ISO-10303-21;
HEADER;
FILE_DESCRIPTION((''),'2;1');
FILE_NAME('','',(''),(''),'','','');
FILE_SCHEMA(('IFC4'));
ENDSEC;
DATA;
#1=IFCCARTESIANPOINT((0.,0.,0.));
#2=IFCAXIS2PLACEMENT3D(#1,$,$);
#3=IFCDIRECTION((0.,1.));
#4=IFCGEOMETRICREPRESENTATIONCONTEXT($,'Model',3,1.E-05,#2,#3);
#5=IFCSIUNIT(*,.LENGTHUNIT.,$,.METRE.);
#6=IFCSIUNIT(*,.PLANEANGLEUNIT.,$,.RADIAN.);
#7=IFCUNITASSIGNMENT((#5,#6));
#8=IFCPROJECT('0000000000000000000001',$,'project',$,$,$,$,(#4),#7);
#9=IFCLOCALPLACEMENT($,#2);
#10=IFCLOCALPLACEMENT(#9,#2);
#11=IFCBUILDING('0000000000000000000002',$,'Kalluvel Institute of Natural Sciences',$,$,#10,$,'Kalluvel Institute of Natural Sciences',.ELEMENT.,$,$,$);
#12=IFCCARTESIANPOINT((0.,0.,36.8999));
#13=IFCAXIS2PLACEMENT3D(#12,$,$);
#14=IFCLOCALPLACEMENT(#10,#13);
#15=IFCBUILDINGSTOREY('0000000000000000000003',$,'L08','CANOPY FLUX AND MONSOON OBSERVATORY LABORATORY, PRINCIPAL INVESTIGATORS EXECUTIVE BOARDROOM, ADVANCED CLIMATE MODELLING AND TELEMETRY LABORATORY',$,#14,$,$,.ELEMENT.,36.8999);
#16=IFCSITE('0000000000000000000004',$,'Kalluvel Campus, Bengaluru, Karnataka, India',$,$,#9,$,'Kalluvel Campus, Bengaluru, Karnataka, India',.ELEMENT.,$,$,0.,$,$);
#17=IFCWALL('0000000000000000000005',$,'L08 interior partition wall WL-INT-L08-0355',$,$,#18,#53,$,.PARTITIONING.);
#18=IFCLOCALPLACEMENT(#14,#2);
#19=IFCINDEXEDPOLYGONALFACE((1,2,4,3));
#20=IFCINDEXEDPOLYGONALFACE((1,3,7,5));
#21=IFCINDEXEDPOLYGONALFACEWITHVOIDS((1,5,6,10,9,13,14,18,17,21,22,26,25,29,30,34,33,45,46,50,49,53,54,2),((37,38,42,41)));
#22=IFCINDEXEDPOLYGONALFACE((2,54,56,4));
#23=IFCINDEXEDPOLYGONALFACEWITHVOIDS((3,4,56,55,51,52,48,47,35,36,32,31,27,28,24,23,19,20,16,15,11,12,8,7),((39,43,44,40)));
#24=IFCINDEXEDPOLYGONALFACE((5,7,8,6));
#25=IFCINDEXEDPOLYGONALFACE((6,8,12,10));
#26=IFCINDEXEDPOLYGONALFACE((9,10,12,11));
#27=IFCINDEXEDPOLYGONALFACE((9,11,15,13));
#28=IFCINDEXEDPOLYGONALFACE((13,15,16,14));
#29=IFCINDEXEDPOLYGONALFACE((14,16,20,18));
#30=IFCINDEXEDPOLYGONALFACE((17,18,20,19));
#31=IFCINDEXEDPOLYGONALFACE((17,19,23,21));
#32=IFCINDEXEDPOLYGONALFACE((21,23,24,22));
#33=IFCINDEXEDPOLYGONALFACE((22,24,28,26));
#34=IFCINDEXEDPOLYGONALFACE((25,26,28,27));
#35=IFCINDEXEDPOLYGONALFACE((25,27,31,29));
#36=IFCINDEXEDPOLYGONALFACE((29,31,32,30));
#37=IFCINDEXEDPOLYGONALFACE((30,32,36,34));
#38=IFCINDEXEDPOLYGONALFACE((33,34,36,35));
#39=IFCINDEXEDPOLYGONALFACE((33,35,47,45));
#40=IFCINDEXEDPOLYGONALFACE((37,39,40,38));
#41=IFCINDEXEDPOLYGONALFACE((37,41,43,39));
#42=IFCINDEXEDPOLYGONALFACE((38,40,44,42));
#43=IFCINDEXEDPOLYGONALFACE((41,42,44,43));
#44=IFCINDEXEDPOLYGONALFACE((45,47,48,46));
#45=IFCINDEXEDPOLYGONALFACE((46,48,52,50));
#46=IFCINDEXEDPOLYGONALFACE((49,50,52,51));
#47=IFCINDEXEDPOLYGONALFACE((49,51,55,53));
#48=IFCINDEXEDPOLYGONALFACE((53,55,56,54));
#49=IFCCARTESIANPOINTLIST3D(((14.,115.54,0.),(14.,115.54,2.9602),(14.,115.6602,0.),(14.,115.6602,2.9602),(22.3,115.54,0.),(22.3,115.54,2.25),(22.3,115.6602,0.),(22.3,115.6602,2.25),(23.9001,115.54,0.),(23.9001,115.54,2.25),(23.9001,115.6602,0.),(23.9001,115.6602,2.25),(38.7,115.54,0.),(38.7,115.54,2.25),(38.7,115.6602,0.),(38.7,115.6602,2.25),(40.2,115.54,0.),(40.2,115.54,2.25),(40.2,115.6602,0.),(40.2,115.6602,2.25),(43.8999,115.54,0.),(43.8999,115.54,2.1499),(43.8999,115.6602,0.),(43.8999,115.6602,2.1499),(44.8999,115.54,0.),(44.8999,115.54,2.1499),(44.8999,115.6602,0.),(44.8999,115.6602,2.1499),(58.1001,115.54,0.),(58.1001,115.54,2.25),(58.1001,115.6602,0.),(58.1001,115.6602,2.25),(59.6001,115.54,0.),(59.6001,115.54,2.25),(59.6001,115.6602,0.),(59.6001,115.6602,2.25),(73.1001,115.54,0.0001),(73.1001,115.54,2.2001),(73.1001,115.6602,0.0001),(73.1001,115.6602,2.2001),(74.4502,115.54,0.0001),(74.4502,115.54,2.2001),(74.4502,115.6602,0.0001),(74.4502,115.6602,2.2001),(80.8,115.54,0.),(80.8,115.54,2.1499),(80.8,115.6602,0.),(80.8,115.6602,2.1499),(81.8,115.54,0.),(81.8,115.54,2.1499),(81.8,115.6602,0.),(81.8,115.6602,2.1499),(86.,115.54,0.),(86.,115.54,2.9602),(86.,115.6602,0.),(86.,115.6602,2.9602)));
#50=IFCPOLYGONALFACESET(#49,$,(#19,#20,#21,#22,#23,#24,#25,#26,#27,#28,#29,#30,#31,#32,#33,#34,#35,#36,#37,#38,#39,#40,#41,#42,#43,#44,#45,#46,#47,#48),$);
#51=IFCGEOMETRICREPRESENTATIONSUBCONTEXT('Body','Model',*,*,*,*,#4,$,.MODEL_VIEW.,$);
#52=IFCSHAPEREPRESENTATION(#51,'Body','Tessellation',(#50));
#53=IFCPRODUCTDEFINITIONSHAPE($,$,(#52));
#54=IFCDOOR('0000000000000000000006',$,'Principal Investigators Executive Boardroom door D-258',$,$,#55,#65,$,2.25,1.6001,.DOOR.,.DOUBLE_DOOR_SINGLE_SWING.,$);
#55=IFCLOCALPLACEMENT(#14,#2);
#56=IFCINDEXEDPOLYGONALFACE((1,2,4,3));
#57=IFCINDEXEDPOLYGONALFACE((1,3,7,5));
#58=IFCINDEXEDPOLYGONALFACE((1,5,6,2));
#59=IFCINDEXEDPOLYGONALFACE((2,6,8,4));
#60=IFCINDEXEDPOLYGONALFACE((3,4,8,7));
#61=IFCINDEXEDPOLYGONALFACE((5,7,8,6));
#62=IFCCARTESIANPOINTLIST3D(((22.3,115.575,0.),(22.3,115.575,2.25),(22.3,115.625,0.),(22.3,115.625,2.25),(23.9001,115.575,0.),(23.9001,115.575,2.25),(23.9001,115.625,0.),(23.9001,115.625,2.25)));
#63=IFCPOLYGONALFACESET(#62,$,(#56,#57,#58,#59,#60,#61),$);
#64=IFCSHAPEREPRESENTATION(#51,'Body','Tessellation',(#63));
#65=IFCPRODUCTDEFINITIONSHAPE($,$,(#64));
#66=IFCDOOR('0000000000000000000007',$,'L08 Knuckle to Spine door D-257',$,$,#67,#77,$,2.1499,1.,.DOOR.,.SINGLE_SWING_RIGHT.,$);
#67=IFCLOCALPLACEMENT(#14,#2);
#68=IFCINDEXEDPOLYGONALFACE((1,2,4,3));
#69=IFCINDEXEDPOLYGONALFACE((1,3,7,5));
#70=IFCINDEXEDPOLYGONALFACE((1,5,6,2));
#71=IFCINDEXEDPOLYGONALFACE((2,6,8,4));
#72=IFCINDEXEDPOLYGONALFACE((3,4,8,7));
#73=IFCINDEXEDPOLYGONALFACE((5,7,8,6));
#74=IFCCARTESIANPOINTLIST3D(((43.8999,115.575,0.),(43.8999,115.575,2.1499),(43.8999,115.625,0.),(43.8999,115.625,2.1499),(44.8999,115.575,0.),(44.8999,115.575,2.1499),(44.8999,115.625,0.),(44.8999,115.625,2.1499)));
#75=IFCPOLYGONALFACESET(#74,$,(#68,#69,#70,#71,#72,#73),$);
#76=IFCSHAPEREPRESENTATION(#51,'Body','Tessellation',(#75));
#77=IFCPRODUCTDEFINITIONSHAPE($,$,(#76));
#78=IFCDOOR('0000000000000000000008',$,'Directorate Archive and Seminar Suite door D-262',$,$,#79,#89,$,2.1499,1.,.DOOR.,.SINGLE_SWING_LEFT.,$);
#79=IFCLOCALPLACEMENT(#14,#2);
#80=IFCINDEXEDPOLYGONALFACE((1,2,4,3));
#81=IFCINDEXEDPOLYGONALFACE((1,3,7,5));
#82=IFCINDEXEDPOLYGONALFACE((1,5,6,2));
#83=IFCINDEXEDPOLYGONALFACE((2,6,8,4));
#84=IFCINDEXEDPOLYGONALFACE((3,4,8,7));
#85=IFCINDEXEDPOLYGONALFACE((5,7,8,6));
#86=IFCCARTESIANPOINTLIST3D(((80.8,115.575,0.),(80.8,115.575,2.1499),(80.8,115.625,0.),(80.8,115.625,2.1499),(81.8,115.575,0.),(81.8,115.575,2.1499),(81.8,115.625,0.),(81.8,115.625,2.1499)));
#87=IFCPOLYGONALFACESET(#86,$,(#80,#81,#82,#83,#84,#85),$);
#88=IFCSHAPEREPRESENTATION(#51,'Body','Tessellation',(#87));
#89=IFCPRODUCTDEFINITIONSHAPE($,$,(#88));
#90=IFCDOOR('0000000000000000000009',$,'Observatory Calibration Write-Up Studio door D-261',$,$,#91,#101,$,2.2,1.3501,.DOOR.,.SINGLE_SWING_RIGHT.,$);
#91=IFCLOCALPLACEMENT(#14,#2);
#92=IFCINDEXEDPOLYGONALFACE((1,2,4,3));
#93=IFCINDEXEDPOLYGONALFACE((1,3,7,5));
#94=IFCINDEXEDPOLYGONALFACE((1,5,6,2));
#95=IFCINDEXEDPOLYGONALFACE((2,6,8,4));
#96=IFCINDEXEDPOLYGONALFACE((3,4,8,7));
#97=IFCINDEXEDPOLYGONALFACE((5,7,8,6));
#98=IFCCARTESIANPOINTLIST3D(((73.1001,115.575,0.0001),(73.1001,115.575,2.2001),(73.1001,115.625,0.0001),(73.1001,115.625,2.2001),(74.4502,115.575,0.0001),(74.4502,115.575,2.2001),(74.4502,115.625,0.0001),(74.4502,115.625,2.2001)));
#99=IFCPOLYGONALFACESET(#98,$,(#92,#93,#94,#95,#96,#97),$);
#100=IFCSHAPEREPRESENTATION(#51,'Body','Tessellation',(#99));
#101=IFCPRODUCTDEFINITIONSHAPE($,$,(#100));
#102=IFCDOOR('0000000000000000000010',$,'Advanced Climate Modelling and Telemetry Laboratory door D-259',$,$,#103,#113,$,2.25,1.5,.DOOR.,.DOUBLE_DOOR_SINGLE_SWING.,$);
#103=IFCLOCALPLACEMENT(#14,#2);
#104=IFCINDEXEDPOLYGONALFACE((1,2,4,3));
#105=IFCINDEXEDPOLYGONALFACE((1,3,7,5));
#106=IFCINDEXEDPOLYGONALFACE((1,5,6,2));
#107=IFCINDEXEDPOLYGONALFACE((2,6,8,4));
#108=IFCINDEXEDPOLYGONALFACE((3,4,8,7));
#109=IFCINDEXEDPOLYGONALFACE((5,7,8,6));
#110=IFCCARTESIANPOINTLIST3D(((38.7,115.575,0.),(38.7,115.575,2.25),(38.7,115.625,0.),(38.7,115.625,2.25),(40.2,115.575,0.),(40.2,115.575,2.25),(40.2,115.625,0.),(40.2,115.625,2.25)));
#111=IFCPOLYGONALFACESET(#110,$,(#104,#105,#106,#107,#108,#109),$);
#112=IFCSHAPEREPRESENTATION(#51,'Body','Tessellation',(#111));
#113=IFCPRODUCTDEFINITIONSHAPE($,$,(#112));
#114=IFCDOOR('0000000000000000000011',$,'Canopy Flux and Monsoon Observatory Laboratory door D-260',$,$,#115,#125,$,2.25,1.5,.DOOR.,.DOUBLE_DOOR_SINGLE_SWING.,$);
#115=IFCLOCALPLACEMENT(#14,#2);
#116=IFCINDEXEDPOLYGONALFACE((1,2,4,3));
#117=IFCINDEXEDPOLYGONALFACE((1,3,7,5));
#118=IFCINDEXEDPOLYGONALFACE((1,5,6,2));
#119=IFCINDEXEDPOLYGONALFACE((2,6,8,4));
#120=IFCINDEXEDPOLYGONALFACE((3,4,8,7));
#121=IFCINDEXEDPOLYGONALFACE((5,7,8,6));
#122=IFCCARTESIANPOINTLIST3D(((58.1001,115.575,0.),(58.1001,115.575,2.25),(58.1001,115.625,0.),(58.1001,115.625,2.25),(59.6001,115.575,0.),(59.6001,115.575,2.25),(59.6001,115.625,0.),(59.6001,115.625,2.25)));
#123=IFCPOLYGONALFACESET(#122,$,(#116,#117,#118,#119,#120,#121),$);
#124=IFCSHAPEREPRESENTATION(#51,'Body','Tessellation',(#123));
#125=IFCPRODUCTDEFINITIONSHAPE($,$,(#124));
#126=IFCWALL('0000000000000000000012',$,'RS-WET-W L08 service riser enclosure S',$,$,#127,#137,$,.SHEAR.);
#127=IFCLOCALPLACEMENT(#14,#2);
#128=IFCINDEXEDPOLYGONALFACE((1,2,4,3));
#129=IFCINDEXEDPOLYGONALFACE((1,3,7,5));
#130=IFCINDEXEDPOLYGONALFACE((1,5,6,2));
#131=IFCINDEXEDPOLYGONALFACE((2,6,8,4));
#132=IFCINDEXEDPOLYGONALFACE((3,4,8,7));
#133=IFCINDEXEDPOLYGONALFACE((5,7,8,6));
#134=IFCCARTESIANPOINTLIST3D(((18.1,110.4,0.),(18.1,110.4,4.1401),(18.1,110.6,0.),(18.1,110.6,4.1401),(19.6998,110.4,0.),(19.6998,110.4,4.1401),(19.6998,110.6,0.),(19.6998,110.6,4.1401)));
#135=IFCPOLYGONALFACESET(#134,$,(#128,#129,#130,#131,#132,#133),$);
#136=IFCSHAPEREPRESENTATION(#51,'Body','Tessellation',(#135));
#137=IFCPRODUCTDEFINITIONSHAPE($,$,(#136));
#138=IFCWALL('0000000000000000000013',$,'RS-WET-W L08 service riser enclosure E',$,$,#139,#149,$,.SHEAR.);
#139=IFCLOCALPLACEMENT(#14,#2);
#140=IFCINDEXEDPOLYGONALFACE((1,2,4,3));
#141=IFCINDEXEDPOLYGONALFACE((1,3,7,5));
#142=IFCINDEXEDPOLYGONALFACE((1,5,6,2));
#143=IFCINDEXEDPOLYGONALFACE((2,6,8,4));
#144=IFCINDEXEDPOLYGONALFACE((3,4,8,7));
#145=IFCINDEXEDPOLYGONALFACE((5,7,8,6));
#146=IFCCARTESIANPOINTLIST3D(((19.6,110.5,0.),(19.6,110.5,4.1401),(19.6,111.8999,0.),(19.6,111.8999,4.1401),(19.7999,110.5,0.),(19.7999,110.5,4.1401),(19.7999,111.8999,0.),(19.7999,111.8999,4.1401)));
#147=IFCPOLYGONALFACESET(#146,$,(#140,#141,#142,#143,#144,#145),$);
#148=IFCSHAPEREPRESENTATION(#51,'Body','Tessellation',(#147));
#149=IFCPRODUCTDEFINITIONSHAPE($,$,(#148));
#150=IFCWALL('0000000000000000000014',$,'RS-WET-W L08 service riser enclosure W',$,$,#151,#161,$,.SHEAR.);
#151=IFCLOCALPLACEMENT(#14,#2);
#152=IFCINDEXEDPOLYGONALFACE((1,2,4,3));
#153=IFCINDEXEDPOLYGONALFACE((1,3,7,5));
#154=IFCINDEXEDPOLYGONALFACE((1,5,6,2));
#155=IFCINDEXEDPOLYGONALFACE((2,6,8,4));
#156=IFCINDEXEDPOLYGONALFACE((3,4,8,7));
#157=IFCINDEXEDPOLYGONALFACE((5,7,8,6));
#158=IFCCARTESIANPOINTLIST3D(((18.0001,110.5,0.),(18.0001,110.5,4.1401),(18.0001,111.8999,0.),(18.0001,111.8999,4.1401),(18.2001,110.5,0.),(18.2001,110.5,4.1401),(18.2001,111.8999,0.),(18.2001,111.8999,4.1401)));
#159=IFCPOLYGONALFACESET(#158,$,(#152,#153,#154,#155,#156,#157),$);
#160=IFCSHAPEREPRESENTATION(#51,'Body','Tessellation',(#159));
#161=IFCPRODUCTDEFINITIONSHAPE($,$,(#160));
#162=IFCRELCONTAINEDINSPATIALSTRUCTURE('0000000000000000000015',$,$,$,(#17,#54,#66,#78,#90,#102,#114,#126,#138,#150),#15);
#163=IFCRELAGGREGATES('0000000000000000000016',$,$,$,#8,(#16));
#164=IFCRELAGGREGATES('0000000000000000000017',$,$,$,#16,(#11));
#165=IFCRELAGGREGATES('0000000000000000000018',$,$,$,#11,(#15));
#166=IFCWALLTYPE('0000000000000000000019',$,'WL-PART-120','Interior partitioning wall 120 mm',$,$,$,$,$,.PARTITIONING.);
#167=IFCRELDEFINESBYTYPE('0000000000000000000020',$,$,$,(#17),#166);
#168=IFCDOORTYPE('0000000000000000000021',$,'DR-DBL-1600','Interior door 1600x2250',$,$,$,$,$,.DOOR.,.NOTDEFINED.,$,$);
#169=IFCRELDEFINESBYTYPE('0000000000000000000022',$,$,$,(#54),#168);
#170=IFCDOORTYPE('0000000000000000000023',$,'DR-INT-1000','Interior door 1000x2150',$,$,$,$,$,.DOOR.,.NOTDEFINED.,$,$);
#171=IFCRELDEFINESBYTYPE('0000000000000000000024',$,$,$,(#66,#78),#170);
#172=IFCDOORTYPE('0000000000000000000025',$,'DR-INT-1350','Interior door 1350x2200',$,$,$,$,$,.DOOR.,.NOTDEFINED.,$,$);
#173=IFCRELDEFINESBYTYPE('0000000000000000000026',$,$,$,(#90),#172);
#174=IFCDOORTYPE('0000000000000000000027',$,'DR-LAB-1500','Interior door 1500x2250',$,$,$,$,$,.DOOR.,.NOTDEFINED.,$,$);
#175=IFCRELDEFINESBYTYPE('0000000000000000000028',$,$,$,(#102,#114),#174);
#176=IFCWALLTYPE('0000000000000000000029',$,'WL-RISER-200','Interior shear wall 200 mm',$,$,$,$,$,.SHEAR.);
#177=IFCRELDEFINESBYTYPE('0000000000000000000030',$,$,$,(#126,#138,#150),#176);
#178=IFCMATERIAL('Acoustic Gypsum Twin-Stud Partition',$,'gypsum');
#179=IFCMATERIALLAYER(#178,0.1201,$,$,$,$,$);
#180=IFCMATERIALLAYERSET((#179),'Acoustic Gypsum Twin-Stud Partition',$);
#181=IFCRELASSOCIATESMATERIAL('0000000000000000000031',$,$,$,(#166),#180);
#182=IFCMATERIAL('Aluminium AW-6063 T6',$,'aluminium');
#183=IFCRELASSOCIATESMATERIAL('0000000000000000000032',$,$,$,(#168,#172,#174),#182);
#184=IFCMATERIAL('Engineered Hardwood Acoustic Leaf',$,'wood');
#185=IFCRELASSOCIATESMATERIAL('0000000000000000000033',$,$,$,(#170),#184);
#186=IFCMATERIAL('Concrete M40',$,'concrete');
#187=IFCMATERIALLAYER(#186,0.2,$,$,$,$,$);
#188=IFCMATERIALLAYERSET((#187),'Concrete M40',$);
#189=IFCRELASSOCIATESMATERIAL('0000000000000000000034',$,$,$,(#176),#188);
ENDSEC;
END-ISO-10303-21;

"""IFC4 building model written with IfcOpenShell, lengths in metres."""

from ifc_helpers import new_model, si_unit, direction, frame, frame_2d, origin, place, context, subcontext, project, spatial, rectangle, extrude, material, layer, layer_set, type_object, element, fill, save


model = new_model("IFC4")

# Units and contexts
model_context = context("Model", 3, precision=1e-05, world=origin(), true_north=direction((0.0, 1.0)))
body_context = subcontext(model_context, "Body", "Model", "MODEL_VIEW")
ifc_project = project(units=[si_unit("LENGTHUNIT", "METRE"), si_unit("PLANEANGLEUNIT", "RADIAN")], contexts=[model_context])

# Site, building, storey
site_placement = place(None, origin())
site = spatial("IfcSite", under=ifc_project, at=site_placement, Name="Kalluvel Campus, Bengaluru, Karnataka, India", LongName="Kalluvel Campus, Bengaluru, Karnataka, India", CompositionType="ELEMENT", RefElevation=0.0)
building_placement = place(site_placement, origin())
building = spatial("IfcBuilding", under=site, at=building_placement, Name="Kalluvel Institute of Natural Sciences", LongName="Kalluvel Institute of Natural Sciences", CompositionType="ELEMENT")
storey_placement = place(building_placement, frame((0.0, 0.0, 36.8999)))
storey = spatial("IfcBuildingStorey", under=building, at=storey_placement, Name="L08", Description="CANOPY FLUX AND MONSOON OBSERVATORY LABORATORY, PRINCIPAL INVESTIGATORS EXECUTIVE BOARDROOM, ADVANCED CLIMATE MODELLING AND TELEMETRY LABORATORY", CompositionType="ELEMENT", Elevation=36.8999)

# Shared definitions
ifc_material_1 = material(Name="Concrete M40", Category="concrete")

# Wall, openings, doors
ifc_material_2 = material(Name="Acoustic Gypsum Twin-Stud Partition", Category="gypsum")
ifc_layer_1 = layer(ifc_material_2, 0.1201)
ifc_layer_set_1 = layer_set([ifc_layer_1], Name="Acoustic Gypsum Twin-Stud Partition")
wall_type_1 = type_object("IfcWallType", Name="WL-PART-120", Description="Interior partitioning wall 120 mm", PredefinedType="PARTITIONING", material=ifc_layer_set_1)
wall_1_placement = place(storey_placement, frame((14.0, 115.6001, 0.0), z_axis=(0.0, 0.0, 1.0), x_axis=(1.0, 0.0, 0.0)))
wall_1 = element("IfcWall", 1, at=wall_1_placement, inside=storey, type_object=wall_type_1, Name="L08 interior partition wall WL-INT-L08-0355", PredefinedType="PARTITIONING", context=body_context, shape_type="SweptSolid", body=[
    extrude(rectangle(XDim=72.0, YDim=0.1201, at=frame_2d((36.0, 0.0))), origin(), (0.0, 0.0, 1.0), 2.9602),
])
opening_1_placement = place(wall_1_placement, frame((29.8999, 0.0, 0.0)))
opening_1 = element("IfcOpeningElement", 2, at=opening_1_placement, cuts=wall_1, PredefinedType="OPENING", context=body_context, shape_type="SweptSolid", body=[
    extrude(rectangle(XDim=1.0, YDim=2.1499, at=frame_2d((0.5, 1.075))), frame((0.0, 0.0701, 0.0), z_axis=(0.0, -1.0, 0.0), x_axis=(1.0, 0.0, 0.0)), (0.0, 0.0, 1.0), 0.1401),
])
opening_2_placement = place(wall_1_placement, frame((8.3, 0.0, 0.0)))
opening_2 = element("IfcOpeningElement", 3, at=opening_2_placement, cuts=wall_1, PredefinedType="OPENING", context=body_context, shape_type="SweptSolid", body=[
    extrude(rectangle(XDim=1.6001, YDim=2.25, at=frame_2d((0.8, 1.125))), frame((0.0, 0.0701, 0.0), z_axis=(0.0, -1.0, 0.0), x_axis=(1.0, 0.0, 0.0)), (0.0, 0.0, 1.0), 0.1401),
])
opening_3_placement = place(wall_1_placement, frame((24.7, 0.0, 0.0)))
opening_3 = element("IfcOpeningElement", 4, at=opening_3_placement, cuts=wall_1, PredefinedType="OPENING", context=body_context, shape_type="SweptSolid", body=[
    extrude(rectangle(XDim=1.5, YDim=2.25, at=frame_2d((0.75, 1.125))), frame((0.0, 0.0701, 0.0), z_axis=(0.0, -1.0, 0.0), x_axis=(1.0, 0.0, 0.0)), (0.0, 0.0, 1.0), 0.1401),
])
opening_4_placement = place(wall_1_placement, frame((44.1001, 0.0, 0.0)))
opening_4 = element("IfcOpeningElement", 5, at=opening_4_placement, cuts=wall_1, PredefinedType="OPENING", context=body_context, shape_type="SweptSolid", body=[
    extrude(rectangle(XDim=1.5, YDim=2.25, at=frame_2d((0.75, 1.125))), frame((0.0, 0.0701, 0.0), z_axis=(0.0, -1.0, 0.0), x_axis=(1.0, 0.0, 0.0)), (0.0, 0.0, 1.0), 0.1401),
])
opening_5_placement = place(wall_1_placement, frame((59.1001, 0.0, 0.0)))
opening_5 = element("IfcOpeningElement", 6, at=opening_5_placement, cuts=wall_1, PredefinedType="OPENING", context=body_context, shape_type="SweptSolid", body=[
    extrude(rectangle(XDim=1.3501, YDim=2.2, at=frame_2d((0.675, 1.1001))), frame((0.0, 0.0701, 0.0), z_axis=(0.0, -1.0, 0.0), x_axis=(1.0, 0.0, 0.0)), (0.0, 0.0, 1.0), 0.1401),
])
opening_6_placement = place(wall_1_placement, frame((66.8, 0.0, 0.0)))
opening_6 = element("IfcOpeningElement", 7, at=opening_6_placement, cuts=wall_1, PredefinedType="OPENING", context=body_context, shape_type="SweptSolid", body=[
    extrude(rectangle(XDim=1.0, YDim=2.1499, at=frame_2d((0.5, 1.075))), frame((0.0, 0.0701, 0.0), z_axis=(0.0, -1.0, 0.0), x_axis=(1.0, 0.0, 0.0)), (0.0, 0.0, 1.0), 0.1401),
])
ifc_material_3 = material(Name="Aluminium AW-6063 T6", Category="aluminium")
door_type_1 = type_object("IfcDoorType", Name="DR-DBL-1600", Description="Interior door 1600x2250", OperationType="NOTDEFINED", PredefinedType="DOOR", material=ifc_material_3)
door_1_placement = place(opening_2_placement, origin())
door_1 = element("IfcDoor", 8, at=door_1_placement, inside=storey, type_object=door_type_1, Name="Principal Investigators Executive Boardroom door D-258", OperationType="DOUBLE_DOOR_SINGLE_SWING", OverallHeight=2.25, OverallWidth=1.6001, PredefinedType="DOOR", context=body_context, shape_type="SweptSolid", body=[
    extrude(rectangle(XDim=1.6001, YDim=2.25, at=frame_2d((0.8, 1.125))), frame((0.0, 0.0249, 0.0), z_axis=(0.0, -1.0, 0.0), x_axis=(1.0, 0.0, 0.0)), (0.0, 0.0, 1.0), 0.05),
])
fill(opening_2, door_1)
ifc_material_4 = material(Name="Engineered Hardwood Acoustic Leaf", Category="wood")
door_type_2 = type_object("IfcDoorType", Name="DR-INT-1000", Description="Interior door 1000x2150", OperationType="NOTDEFINED", PredefinedType="DOOR", material=ifc_material_4)
door_2_placement = place(opening_1_placement, origin())
door_2 = element("IfcDoor", 9, at=door_2_placement, inside=storey, type_object=door_type_2, Name="L08 Knuckle to Spine door D-257", OperationType="SINGLE_SWING_RIGHT", OverallHeight=2.1499, OverallWidth=1.0, PredefinedType="DOOR", context=body_context, shape_type="SweptSolid", body=[
    extrude(rectangle(XDim=1.0, YDim=2.1499, at=frame_2d((0.5, 1.075))), frame((0.0, 0.0249, 0.0), z_axis=(0.0, -1.0, 0.0), x_axis=(1.0, 0.0, 0.0)), (0.0, 0.0, 1.0), 0.05),
])
fill(opening_1, door_2)
door_3_placement = place(opening_6_placement, origin())
door_3 = element("IfcDoor", 10, at=door_3_placement, inside=storey, type_object=door_type_2, Name="Directorate Archive and Seminar Suite door D-262", OperationType="SINGLE_SWING_LEFT", OverallHeight=2.1499, OverallWidth=1.0, PredefinedType="DOOR", context=body_context, shape_type="SweptSolid", body=[
    extrude(rectangle(XDim=1.0, YDim=2.1499, at=frame_2d((0.5, 1.075))), frame((0.0, 0.0249, 0.0), z_axis=(0.0, -1.0, 0.0), x_axis=(1.0, 0.0, 0.0)), (0.0, 0.0, 1.0), 0.05),
])
fill(opening_6, door_3)
door_type_3 = type_object("IfcDoorType", Name="DR-INT-1350", Description="Interior door 1350x2200", OperationType="NOTDEFINED", PredefinedType="DOOR", material=ifc_material_3)
door_4_placement = place(opening_5_placement, origin())
door_4 = element("IfcDoor", 11, at=door_4_placement, inside=storey, type_object=door_type_3, Name="Observatory Calibration Write-Up Studio door D-261", OperationType="SINGLE_SWING_RIGHT", OverallHeight=2.2, OverallWidth=1.3501, PredefinedType="DOOR", context=body_context, shape_type="SweptSolid", body=[
    extrude(rectangle(XDim=1.3501, YDim=2.2, at=frame_2d((0.675, 1.1001))), frame((0.0, 0.0249, 0.0), z_axis=(0.0, -1.0, 0.0), x_axis=(1.0, 0.0, 0.0)), (0.0, 0.0, 1.0), 0.05),
])
fill(opening_5, door_4)
door_type_4 = type_object("IfcDoorType", Name="DR-LAB-1500", Description="Interior door 1500x2250", OperationType="NOTDEFINED", PredefinedType="DOOR", material=ifc_material_3)
door_5_placement = place(opening_3_placement, origin())
door_5 = element("IfcDoor", 12, at=door_5_placement, inside=storey, type_object=door_type_4, Name="Advanced Climate Modelling and Telemetry Laboratory door D-259", OperationType="DOUBLE_DOOR_SINGLE_SWING", OverallHeight=2.25, OverallWidth=1.5, PredefinedType="DOOR", context=body_context, shape_type="SweptSolid", body=[
    extrude(rectangle(XDim=1.5, YDim=2.25, at=frame_2d((0.75, 1.125))), frame((0.0, 0.0249, 0.0), z_axis=(0.0, -1.0, 0.0), x_axis=(1.0, 0.0, 0.0)), (0.0, 0.0, 1.0), 0.05),
])
fill(opening_3, door_5)
door_6_placement = place(opening_4_placement, origin())
door_6 = element("IfcDoor", 13, at=door_6_placement, inside=storey, type_object=door_type_4, Name="Canopy Flux and Monsoon Observatory Laboratory door D-260", OperationType="DOUBLE_DOOR_SINGLE_SWING", OverallHeight=2.25, OverallWidth=1.5, PredefinedType="DOOR", context=body_context, shape_type="SweptSolid", body=[
    extrude(rectangle(XDim=1.5, YDim=2.25, at=frame_2d((0.75, 1.125))), frame((0.0, 0.0249, 0.0), z_axis=(0.0, -1.0, 0.0), x_axis=(1.0, 0.0, 0.0)), (0.0, 0.0, 1.0), 0.05),
])
fill(opening_4, door_6)

# Walls
ifc_layer_2 = layer(ifc_material_1, 0.2)
ifc_layer_set_2 = layer_set([ifc_layer_2], Name="Concrete M40")
wall_type_2 = type_object("IfcWallType", Name="WL-RISER-200", Description="Interior shear wall 200 mm", PredefinedType="SHEAR", material=ifc_layer_set_2)
wall_2_placement = place(storey_placement, frame((18.1001, 110.5, 0.0), z_axis=(0.0, 0.0, 1.0), x_axis=(1.0, 0.0, 0.0)))
element("IfcWall", 14, at=wall_2_placement, inside=storey, type_object=wall_type_2, Name="RS-WET-W L08 service riser enclosure S", PredefinedType="SHEAR", context=body_context, shape_type="SweptSolid", body=[
    extrude(rectangle(XDim=1.5999, YDim=0.2, at=frame_2d((0.7998, 0.0))), origin(), (0.0, 0.0, 1.0), 4.1401),
])
for number, where, z_axis, x_axis, name in (
    (15, (19.7, 110.5, 0.0), (0.0, 0.0, 1.0), (0.0, 1.0, 0.0), "RS-WET-W L08 service riser enclosure E"),
    (16, (18.1001, 111.8999, 0.0), (0.0, 0.0, 1.0), (0.0, -1.0, 0.0), "RS-WET-W L08 service riser enclosure W"),
):
    element("IfcWall", number, at=place(storey_placement, frame(where, z_axis=z_axis, x_axis=x_axis)), inside=storey, type_object=wall_type_2, Name=name, PredefinedType="SHEAR", context=body_context, shape_type="SweptSolid", body=[
        extrude(rectangle(XDim=1.3999, YDim=0.2, at=frame_2d((0.7, 0.0))), origin(), (0.0, 0.0, 1.0), 4.1401),
    ])

save(model, "model.ifc")
